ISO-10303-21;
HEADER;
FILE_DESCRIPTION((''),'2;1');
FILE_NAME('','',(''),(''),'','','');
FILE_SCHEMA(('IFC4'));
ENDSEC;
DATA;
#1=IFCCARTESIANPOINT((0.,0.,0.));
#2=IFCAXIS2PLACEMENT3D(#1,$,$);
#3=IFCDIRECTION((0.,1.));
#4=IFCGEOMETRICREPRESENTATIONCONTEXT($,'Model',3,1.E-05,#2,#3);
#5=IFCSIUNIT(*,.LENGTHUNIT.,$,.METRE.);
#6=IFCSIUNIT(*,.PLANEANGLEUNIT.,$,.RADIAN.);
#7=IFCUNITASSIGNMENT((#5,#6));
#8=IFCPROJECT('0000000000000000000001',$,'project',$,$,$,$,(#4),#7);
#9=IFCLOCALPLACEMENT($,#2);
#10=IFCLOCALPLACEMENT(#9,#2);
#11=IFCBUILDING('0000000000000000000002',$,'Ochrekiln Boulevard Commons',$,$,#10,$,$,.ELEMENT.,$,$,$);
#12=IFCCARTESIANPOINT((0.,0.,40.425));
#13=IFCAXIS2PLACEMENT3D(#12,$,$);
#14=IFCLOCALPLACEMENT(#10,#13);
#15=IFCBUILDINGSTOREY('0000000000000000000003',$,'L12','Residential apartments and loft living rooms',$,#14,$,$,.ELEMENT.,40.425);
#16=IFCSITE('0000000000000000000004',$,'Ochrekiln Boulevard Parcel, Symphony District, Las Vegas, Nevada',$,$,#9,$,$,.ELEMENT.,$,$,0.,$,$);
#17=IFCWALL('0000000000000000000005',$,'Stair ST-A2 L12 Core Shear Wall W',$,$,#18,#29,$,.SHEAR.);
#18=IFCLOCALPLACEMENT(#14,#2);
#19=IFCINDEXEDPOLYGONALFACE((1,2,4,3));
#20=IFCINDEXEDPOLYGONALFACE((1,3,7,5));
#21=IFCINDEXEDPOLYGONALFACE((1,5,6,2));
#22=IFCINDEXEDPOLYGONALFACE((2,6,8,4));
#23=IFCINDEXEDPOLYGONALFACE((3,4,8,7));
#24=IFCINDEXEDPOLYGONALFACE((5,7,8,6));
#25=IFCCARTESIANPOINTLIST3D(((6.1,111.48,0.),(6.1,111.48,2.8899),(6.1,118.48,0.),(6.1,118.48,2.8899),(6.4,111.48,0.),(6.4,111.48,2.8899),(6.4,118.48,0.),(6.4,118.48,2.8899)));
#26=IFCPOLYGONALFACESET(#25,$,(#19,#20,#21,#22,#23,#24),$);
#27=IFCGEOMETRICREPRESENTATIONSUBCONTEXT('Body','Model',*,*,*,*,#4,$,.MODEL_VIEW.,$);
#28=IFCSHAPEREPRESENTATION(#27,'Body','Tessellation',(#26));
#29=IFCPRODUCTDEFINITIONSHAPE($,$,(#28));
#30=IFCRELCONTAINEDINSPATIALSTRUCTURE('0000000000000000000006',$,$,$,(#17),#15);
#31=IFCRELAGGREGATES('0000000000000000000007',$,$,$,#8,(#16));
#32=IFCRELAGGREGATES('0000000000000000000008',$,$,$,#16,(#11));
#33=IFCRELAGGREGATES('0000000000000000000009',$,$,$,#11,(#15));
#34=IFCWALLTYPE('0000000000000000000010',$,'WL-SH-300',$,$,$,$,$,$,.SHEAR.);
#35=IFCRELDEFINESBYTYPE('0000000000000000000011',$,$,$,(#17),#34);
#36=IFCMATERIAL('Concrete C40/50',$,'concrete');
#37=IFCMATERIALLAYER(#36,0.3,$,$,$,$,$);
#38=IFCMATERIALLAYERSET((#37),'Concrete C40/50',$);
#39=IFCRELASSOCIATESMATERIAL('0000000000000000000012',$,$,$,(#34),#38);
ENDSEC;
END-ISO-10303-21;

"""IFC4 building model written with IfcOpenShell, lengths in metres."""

from ifc_helpers import new_model, si_unit, direction, frame, frame_2d, origin, place, context, subcontext, project, spatial, rectangle, extrude, material, layer, layer_set, type_object, element, save


model = new_model("IFC4")

# Units and contexts
model_context = context("Model", 3, precision=1e-05, world=origin(), true_north=direction((0.0, 1.0)))
body_context = subcontext(model_context, "Body", "Model", "MODEL_VIEW")
ifc_project = project(units=[si_unit("LENGTHUNIT", "METRE"), si_unit("PLANEANGLEUNIT", "RADIAN")], contexts=[model_context])

# Site, building, storey
site_placement = place(None, origin())
site = spatial("IfcSite", under=ifc_project, at=site_placement, Name="Ochrekiln Boulevard Parcel, Symphony District, Las Vegas, Nevada", CompositionType="ELEMENT", RefElevation=0.0)
building_placement = place(site_placement, origin())
building = spatial("IfcBuilding", under=site, at=building_placement, Name="Ochrekiln Boulevard Commons", CompositionType="ELEMENT")
storey_placement = place(building_placement, frame((0.0, 0.0, 40.425)))
storey = spatial("IfcBuildingStorey", under=building, at=storey_placement, Name="L12", Description="Residential apartments and loft living rooms", CompositionType="ELEMENT", Elevation=40.425)

# Shared definitions
ifc_material_1 = material(Name="Concrete C40/50", Category="concrete")

# Wall
ifc_layer_1 = layer(ifc_material_1, 0.3)
ifc_layer_set_1 = layer_set([ifc_layer_1], Name="Concrete C40/50")
wall_type_1 = type_object("IfcWallType", Name="WL-SH-300", PredefinedType="SHEAR", material=ifc_layer_set_1)
wall_1_placement = place(storey_placement, frame((6.25, 111.48, 0.0), z_axis=(0.0, 0.0, 1.0), x_axis=(0.0, 1.0, 0.0)))
element("IfcWall", 1, at=wall_1_placement, inside=storey, type_object=wall_type_1, Name="Stair ST-A2 L12 Core Shear Wall W", PredefinedType="SHEAR", context=body_context, shape_type="SweptSolid", body=[
    extrude(rectangle(XDim=7.0, YDim=0.3, at=frame_2d((3.5, 0.0))), origin(), (0.0, 0.0, 1.0), 2.8899),
])

save(model, "model.ifc")
